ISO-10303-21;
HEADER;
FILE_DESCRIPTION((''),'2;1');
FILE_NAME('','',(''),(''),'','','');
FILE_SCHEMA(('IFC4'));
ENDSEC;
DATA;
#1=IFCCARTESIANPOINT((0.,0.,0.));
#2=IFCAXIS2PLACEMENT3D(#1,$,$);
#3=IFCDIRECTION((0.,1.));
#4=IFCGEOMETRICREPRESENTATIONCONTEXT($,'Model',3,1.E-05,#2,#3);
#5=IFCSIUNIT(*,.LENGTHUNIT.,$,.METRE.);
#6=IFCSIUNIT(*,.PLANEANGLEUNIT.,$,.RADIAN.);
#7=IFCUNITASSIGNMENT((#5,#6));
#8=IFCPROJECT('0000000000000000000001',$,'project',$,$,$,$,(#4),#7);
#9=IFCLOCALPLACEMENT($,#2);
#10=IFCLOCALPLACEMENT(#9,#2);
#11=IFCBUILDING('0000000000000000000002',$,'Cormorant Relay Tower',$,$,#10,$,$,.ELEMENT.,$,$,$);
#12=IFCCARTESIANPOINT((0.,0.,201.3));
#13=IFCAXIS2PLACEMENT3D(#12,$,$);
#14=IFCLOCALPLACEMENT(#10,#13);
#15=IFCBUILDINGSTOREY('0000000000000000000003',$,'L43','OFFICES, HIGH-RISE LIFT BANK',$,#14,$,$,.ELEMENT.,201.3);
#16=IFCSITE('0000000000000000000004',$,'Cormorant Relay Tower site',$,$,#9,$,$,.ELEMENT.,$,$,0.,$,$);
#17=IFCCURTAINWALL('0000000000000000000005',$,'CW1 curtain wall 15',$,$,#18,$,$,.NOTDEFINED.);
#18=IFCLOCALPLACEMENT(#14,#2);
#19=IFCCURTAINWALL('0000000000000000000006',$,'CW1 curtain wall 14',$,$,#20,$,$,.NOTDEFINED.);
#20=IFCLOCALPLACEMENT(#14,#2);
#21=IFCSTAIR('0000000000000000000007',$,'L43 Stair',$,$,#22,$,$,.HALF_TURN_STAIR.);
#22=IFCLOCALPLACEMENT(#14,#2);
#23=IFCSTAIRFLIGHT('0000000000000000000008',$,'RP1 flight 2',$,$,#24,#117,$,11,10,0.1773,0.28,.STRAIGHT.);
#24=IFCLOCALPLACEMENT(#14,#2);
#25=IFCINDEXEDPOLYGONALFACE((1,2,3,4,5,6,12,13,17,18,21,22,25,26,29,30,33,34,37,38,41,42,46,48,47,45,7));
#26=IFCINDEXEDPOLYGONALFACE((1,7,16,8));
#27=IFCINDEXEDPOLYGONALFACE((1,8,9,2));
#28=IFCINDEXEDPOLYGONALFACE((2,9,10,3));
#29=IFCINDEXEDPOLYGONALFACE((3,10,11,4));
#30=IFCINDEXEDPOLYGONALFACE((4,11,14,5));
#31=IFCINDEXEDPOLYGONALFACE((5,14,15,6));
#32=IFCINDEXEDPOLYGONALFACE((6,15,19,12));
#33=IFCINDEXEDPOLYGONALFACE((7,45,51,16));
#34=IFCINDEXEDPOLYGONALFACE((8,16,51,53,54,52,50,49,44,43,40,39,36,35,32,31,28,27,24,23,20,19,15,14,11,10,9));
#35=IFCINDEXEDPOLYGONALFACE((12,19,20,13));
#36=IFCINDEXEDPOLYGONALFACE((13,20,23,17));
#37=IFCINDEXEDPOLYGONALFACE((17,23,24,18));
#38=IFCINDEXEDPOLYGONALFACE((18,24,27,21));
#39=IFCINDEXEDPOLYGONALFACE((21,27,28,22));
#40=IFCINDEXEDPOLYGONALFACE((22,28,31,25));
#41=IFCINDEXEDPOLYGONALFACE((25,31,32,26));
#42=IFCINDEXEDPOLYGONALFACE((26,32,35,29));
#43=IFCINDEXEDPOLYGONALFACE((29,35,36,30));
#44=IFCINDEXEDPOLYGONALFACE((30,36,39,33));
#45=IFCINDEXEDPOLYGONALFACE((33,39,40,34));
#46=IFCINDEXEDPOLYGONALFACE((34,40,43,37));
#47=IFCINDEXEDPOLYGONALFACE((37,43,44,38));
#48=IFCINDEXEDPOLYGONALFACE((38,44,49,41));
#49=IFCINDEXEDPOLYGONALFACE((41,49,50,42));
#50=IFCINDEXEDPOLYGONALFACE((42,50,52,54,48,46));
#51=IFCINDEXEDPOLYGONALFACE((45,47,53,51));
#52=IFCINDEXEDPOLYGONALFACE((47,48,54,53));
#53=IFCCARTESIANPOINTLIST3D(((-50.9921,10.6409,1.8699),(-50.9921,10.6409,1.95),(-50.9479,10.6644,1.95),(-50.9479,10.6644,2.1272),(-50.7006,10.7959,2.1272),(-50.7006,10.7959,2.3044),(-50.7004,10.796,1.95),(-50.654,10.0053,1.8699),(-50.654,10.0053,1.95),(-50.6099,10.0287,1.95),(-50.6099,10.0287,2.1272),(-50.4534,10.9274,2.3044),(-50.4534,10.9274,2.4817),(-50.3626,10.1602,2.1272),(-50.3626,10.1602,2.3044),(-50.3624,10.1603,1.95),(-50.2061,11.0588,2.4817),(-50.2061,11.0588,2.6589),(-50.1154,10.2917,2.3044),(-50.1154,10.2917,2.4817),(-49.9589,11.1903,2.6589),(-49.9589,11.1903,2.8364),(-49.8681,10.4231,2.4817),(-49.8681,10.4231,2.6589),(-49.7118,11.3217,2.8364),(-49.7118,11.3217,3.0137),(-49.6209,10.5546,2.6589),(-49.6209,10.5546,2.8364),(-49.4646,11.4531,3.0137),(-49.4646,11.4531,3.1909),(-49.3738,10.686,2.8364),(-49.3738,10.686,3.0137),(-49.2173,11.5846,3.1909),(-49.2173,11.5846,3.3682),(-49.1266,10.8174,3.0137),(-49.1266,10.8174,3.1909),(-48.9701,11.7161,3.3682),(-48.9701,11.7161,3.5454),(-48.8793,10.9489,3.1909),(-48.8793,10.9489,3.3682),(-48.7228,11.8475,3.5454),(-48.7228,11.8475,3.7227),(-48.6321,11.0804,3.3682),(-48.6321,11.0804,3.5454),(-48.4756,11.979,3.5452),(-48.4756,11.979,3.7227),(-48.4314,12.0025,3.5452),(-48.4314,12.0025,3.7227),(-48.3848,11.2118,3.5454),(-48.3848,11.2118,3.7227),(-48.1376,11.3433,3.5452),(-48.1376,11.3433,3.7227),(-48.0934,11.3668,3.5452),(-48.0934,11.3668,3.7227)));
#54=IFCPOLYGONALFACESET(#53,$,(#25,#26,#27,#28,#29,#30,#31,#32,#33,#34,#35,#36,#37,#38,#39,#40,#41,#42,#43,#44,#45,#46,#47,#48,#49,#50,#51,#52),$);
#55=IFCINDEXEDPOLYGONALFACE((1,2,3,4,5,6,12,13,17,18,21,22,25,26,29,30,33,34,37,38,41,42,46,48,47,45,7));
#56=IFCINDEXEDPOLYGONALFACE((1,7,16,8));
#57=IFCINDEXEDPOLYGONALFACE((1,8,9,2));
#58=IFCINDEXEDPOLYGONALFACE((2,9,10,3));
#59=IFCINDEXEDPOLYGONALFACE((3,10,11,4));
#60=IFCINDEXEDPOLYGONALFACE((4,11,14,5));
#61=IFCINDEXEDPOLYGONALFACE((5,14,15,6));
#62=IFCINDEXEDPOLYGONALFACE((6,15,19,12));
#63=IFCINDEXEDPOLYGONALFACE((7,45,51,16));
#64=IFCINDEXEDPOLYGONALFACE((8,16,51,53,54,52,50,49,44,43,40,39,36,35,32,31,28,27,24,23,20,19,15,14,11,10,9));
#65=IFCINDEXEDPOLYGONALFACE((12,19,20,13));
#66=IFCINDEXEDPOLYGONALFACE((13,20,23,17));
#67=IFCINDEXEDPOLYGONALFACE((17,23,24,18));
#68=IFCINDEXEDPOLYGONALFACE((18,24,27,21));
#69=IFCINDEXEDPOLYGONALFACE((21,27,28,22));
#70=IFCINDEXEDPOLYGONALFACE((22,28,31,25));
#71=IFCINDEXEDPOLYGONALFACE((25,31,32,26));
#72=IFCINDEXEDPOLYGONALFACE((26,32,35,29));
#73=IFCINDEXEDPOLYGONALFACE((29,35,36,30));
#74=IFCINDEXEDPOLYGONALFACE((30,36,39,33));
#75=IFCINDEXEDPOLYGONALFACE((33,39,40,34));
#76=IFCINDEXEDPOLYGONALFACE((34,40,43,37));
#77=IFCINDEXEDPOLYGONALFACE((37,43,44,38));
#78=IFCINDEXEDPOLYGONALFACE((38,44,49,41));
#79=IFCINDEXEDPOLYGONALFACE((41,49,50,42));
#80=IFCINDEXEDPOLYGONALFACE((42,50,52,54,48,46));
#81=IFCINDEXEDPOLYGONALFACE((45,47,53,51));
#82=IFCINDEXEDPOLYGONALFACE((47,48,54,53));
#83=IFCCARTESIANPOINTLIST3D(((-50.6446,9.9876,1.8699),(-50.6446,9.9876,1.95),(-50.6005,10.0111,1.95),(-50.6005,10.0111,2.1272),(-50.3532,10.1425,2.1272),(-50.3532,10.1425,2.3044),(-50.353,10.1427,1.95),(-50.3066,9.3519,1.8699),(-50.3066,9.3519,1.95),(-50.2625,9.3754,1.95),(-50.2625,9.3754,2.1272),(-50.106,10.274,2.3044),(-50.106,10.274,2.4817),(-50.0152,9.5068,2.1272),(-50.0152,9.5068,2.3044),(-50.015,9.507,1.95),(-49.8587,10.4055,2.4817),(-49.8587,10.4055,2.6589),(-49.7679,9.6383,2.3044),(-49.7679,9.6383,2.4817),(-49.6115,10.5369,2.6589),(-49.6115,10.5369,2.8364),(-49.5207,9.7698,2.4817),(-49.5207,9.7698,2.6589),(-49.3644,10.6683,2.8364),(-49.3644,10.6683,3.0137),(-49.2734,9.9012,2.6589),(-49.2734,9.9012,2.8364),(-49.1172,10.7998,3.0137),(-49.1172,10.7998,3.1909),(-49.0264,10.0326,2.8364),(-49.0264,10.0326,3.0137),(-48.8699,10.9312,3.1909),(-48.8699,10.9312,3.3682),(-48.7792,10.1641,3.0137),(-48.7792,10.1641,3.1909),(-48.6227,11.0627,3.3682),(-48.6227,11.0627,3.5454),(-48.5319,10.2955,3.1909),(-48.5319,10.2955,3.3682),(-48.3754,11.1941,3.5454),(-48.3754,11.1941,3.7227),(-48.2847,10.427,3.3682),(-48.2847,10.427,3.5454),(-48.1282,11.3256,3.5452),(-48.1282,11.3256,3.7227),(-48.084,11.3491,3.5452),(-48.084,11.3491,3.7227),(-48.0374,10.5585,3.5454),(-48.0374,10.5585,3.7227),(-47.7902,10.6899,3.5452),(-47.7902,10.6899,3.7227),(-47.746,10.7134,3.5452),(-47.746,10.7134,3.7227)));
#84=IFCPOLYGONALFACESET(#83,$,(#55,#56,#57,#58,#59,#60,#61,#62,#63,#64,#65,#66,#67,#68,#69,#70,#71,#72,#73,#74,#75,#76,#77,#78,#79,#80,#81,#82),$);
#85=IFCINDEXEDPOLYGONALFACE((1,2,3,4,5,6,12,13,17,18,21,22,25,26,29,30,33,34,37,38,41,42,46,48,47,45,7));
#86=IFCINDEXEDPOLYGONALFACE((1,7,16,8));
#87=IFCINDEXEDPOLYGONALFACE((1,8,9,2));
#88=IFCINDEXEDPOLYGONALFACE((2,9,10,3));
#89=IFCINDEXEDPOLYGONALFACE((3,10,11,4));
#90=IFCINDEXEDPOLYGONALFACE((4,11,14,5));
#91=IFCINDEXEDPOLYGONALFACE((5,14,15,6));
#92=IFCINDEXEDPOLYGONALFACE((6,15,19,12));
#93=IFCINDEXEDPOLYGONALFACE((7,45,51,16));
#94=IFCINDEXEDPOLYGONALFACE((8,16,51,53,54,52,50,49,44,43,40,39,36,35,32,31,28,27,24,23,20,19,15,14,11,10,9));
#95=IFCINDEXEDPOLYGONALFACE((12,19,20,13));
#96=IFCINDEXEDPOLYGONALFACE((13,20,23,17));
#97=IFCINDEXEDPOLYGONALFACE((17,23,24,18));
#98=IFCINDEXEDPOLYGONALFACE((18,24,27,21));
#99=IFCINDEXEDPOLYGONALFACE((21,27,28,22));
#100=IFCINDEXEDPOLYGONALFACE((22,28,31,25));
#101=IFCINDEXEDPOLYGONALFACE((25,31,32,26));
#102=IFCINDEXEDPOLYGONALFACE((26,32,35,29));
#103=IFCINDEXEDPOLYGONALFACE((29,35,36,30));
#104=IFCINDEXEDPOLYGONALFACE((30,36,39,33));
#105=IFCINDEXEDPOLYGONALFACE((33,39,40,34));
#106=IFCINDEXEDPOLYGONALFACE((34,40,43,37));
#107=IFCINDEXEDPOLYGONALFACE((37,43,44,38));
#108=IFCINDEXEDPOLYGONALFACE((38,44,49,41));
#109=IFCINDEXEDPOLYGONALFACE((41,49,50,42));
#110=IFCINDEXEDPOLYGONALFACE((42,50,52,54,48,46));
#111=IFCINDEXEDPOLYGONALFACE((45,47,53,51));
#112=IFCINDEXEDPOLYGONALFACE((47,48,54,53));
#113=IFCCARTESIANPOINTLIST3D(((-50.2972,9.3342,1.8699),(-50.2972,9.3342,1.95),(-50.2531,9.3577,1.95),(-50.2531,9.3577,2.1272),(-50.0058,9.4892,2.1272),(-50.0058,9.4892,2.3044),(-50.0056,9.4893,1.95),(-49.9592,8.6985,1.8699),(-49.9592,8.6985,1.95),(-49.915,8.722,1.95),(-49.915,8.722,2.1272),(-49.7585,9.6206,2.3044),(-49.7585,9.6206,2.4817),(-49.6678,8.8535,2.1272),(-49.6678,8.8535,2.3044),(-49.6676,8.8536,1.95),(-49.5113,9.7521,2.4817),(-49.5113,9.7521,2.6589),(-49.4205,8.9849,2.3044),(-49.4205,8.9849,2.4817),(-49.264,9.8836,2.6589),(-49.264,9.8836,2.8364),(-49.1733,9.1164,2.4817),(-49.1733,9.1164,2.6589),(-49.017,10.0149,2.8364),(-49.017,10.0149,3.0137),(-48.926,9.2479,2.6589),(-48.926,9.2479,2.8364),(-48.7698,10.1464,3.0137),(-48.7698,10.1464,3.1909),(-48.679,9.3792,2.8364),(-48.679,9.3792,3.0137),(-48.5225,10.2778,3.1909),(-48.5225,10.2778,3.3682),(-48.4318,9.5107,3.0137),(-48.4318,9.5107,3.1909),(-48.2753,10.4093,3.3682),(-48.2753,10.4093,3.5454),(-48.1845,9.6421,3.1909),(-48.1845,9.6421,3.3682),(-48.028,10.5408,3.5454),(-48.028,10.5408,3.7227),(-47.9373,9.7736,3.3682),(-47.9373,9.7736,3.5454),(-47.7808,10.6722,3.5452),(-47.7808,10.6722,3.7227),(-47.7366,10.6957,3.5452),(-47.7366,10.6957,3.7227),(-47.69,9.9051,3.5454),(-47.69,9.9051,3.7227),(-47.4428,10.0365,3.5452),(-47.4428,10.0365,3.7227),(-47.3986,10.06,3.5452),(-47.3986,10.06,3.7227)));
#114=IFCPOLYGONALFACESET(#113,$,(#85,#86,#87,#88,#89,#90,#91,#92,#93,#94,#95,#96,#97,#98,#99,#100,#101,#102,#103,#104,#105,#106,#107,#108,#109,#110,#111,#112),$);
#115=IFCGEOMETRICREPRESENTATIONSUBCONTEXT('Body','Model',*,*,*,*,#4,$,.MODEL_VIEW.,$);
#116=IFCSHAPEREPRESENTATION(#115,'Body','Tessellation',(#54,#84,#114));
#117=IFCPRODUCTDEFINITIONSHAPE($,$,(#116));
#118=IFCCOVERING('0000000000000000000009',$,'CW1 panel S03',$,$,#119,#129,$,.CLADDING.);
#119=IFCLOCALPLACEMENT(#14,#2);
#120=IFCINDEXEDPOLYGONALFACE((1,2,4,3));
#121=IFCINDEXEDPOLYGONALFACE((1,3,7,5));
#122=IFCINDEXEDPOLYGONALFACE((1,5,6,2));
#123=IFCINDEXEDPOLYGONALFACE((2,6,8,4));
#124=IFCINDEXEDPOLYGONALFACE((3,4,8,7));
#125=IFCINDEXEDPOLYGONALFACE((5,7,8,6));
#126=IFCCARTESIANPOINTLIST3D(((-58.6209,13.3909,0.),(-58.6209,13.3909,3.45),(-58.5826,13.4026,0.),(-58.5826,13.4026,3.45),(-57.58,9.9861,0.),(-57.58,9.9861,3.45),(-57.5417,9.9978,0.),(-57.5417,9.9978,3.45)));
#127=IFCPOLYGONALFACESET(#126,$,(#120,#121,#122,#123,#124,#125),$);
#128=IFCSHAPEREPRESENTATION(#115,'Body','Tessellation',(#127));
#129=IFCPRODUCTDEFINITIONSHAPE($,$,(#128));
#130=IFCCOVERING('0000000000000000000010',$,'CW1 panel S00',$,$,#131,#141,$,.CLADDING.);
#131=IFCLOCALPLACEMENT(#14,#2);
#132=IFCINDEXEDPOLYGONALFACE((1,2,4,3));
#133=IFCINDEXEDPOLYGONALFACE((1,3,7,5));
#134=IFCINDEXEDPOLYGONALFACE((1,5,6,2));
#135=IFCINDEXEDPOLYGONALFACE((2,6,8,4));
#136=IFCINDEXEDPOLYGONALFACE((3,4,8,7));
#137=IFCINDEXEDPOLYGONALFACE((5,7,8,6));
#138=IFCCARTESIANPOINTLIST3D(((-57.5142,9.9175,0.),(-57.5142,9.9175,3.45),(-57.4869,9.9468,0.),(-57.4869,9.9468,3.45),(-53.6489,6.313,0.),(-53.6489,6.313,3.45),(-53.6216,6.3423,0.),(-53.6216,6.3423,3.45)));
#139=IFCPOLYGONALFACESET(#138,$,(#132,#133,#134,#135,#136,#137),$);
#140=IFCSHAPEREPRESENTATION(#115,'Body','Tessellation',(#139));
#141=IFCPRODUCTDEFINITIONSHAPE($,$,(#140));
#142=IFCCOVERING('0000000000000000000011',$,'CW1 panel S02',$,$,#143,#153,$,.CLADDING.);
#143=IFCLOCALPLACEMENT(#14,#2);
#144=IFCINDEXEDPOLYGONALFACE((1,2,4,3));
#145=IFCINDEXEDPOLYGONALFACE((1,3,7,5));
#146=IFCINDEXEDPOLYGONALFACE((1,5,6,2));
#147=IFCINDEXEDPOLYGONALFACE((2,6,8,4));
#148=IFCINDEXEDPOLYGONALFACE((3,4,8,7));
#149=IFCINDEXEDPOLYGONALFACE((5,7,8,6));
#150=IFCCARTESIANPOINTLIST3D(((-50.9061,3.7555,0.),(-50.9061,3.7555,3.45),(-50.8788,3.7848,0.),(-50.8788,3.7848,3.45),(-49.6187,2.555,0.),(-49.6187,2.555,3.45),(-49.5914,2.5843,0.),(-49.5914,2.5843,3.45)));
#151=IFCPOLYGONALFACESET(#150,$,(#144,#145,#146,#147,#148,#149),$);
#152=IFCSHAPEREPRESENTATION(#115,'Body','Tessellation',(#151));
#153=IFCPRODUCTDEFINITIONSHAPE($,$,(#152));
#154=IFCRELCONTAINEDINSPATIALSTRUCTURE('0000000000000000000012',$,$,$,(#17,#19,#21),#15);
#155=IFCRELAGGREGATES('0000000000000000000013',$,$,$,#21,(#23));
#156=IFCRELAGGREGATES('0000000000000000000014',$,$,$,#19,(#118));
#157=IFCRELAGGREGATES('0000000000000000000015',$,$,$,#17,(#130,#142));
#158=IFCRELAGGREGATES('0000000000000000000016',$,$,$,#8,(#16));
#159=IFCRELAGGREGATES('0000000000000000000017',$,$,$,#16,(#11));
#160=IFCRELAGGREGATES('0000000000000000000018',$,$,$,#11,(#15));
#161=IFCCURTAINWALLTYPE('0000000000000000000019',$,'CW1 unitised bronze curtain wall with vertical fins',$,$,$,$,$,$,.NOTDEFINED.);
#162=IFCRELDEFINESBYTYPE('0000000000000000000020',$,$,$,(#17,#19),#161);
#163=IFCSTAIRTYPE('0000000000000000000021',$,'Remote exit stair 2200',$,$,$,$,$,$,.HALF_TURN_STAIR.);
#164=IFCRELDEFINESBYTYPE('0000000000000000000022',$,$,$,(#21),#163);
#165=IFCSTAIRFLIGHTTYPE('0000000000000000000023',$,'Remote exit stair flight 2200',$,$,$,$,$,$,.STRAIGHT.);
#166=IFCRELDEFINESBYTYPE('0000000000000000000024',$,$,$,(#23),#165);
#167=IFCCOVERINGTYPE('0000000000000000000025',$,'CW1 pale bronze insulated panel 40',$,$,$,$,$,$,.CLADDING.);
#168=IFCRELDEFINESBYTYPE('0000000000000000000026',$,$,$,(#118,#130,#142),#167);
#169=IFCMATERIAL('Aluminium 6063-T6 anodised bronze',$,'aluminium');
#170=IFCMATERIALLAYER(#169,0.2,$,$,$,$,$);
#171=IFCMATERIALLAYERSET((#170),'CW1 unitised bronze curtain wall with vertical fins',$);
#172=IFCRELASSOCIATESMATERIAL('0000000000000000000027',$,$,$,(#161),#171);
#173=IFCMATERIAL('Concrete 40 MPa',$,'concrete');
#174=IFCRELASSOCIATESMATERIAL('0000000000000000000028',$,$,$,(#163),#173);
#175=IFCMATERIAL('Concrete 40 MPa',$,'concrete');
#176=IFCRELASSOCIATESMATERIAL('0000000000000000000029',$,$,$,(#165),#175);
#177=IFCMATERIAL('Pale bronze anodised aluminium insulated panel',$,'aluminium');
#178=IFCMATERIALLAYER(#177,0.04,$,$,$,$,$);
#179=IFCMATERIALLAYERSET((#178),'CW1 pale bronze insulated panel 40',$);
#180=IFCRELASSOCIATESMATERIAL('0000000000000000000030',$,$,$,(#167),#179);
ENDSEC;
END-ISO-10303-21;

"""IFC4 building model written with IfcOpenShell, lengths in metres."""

from ifc_helpers import new_model, si_unit, direction, frame, origin, origin_2d, place, context, subcontext, project, spatial, polyline, rectangle, outline, extrude, material, layer, layer_set, type_object, element, aggregate, save


model = new_model("IFC4")

# Units and contexts
model_context = context("Model", 3, precision=1e-05, world=origin(), true_north=direction((0.0, 1.0)))
body_context = subcontext(model_context, "Body", "Model", "MODEL_VIEW")
ifc_project = project(units=[si_unit("LENGTHUNIT", "METRE"), si_unit("PLANEANGLEUNIT", "RADIAN")], contexts=[model_context])

# Site, building, storey
site_placement = place(None, origin())
site = spatial("IfcSite", under=ifc_project, at=site_placement, Name="Cormorant Relay Tower site", CompositionType="ELEMENT", RefElevation=0.0)
building_placement = place(site_placement, origin())
building = spatial("IfcBuilding", under=site, at=building_placement, Name="Cormorant Relay Tower", CompositionType="ELEMENT")
storey_placement = place(building_placement, frame((0.0, 0.0, 201.3)))
storey = spatial("IfcBuildingStorey", under=building, at=storey_placement, Name="L43", Description="OFFICES, HIGH-RISE LIFT BANK", CompositionType="ELEMENT", Elevation=201.3)

# Curtain wall
ifc_material_1 = material(Name="Aluminium 6063-T6 anodised bronze", Category="aluminium")
ifc_layer_1 = layer(ifc_material_1, 0.2)
ifc_layer_set_1 = layer_set([ifc_layer_1], Name="CW1 unitised bronze curtain wall with vertical fins")
curtain_wall_type = type_object("IfcCurtainWallType", Name="CW1 unitised bronze curtain wall with vertical fins", PredefinedType="NOTDEFINED", material=ifc_layer_set_1)
curtain_wall_1_placement = place(storey_placement, origin())
curtain_wall_1 = element("IfcCurtainWall", 1, at=curtain_wall_1_placement, inside=storey, type_object=curtain_wall_type, Name="CW1 curtain wall 15", PredefinedType="NOTDEFINED")

# Curtain wall
curtain_wall_2_placement = place(storey_placement, origin())
curtain_wall_2 = element("IfcCurtainWall", 2, at=curtain_wall_2_placement, inside=storey, type_object=curtain_wall_type, Name="CW1 curtain wall 14", PredefinedType="NOTDEFINED")

# Stair, stair flight
ifc_material_2 = material(Name="Concrete 40 MPa", Category="concrete")
stair_type = type_object("IfcStairType", Name="Remote exit stair 2200", PredefinedType="HALF_TURN_STAIR", material=ifc_material_2)
stair_placement = place(storey_placement, origin())
stair = element("IfcStair", 3, at=stair_placement, inside=storey, type_object=stair_type, Name="L43 Stair", PredefinedType="HALF_TURN_STAIR")
ifc_material_3 = material(Name="Concrete 40 MPa", Category="concrete")
stair_flight_type = type_object("IfcStairFlightType", Name="Remote exit stair flight 2200", PredefinedType="STRAIGHT", material=ifc_material_3)
stair_flight_1_placement = place(storey_placement, frame((-50.4314, 9.6931, 1.95), z_axis=(0.0, 0.0, 1.0), x_axis=(0.882948, 0.469472, 0.0)))
stair_flight_1 = element("IfcStairFlight", 4, at=stair_flight_1_placement, type_object=stair_flight_type, Name="RP1 flight 2", NumberOfRisers=11, NumberOfTreads=10, PredefinedType="STRAIGHT", RiserHeight=0.1773, TreadLength=0.28, context=body_context, shape_type="SweptSolid", body=[
    extrude(outline(polyline([(-0.05, -0.0801), (-0.05, 0.0), (0.0, 0.0), (0.0, 0.1772), (0.28, 0.1772), (0.28, 0.3545), (0.5601, 0.3545), (0.5601, 0.5317), (0.8401, 0.5317), (0.8401, 0.709), (1.1201, 0.709), (1.1201, 0.8865), (1.3999, 0.8865), (1.3999, 1.0637), (1.6799, 1.0637), (1.6799, 1.241), (1.96, 1.241), (1.96, 1.4182), (2.24, 1.4182), (2.24, 1.5955), (2.52, 1.5955), (2.52, 1.7727), (2.8, 1.7727), (2.8501, 1.7727), (2.8501, 1.5952), (2.8, 1.5952), (0.2803, 0.0), (-0.05, -0.0801)])), frame((0.0, 1.1001, 0.0), z_axis=(0.0, -1.0, 0.0), x_axis=(1.0, 0.0, 0.0)), (0.0, 0.0, 1.0), 0.72),
    extrude(outline(polyline([(-0.05, -0.0801), (-0.05, 0.0), (0.0, 0.0), (0.0, 0.1772), (0.28, 0.1772), (0.28, 0.3545), (0.5601, 0.3545), (0.5601, 0.5317), (0.8401, 0.5317), (0.8401, 0.709), (1.1201, 0.709), (1.1201, 0.8865), (1.3999, 0.8865), (1.3999, 1.0637), (1.6799, 1.0637), (1.6799, 1.241), (1.96, 1.241), (1.96, 1.4182), (2.24, 1.4182), (2.24, 1.5955), (2.52, 1.5955), (2.52, 1.7727), (2.8, 1.7727), (2.8501, 1.7727), (2.8501, 1.5952), (2.8, 1.5952), (0.2803, 0.0), (-0.05, -0.0801)])), frame((0.0, 0.3601, 0.0), z_axis=(0.0, -1.0, 0.0), x_axis=(1.0, 0.0, 0.0)), (0.0, 0.0, 1.0), 0.72),
    extrude(outline(polyline([(-0.05, -0.0801), (-0.05, 0.0), (0.0, 0.0), (0.0, 0.1772), (0.28, 0.1772), (0.28, 0.3545), (0.5601, 0.3545), (0.5601, 0.5317), (0.8401, 0.5317), (0.8401, 0.709), (1.1201, 0.709), (1.1201, 0.8865), (1.3999, 0.8865), (1.3999, 1.0637), (1.6799, 1.0637), (1.6799, 1.241), (1.96, 1.241), (1.96, 1.4182), (2.24, 1.4182), (2.24, 1.5955), (2.52, 1.5955), (2.52, 1.7727), (2.8, 1.7727), (2.8501, 1.7727), (2.8501, 1.5952), (2.8, 1.5952), (0.2803, 0.0), (-0.05, -0.0801)])), frame((0.0, -0.3799, 0.0), z_axis=(0.0, -1.0, 0.0), x_axis=(1.0, 0.0, 0.0)), (0.0, 0.0, 1.0), 0.72),
])
aggregate(stair, [stair_flight_1])

# Coverings
ifc_material_4 = material(Name="Pale bronze anodised aluminium insulated panel", Category="aluminium")
ifc_layer_2 = layer(ifc_material_4, 0.04)
ifc_layer_set_2 = layer_set([ifc_layer_2], Name="CW1 pale bronze insulated panel 40")
covering_type = type_object("IfcCoveringType", Name="CW1 pale bronze insulated panel 40", PredefinedType="CLADDING", material=ifc_layer_set_2)
covering_1_placement = place(storey_placement, frame((-58.0813, 11.6943, 0.0), z_axis=(0.0, 0.0, 1.0), x_axis=(0.292372, -0.956305, 0.0)))
covering_1 = element("IfcCovering", 5, at=covering_1_placement, type_object=covering_type, Name="CW1 panel S03", PredefinedType="CLADDING", context=body_context, shape_type="SweptSolid", body=[
    extrude(rectangle(XDim=3.5603, YDim=0.04, at=origin_2d()), origin(), (0.0, 0.0, 1.0), 3.45),
])
aggregate(curtain_wall_2, [covering_1])
covering_2_placement = place(storey_placement, frame((-55.5679, 8.1299, 0.0), z_axis=(0.0, 0.0, 1.0), x_axis=(0.731354, -0.681998, 0.0)))
covering_2 = element("IfcCovering", 6, at=covering_2_placement, type_object=covering_type, Name="CW1 panel S00", PredefinedType="CLADDING", context=body_context, shape_type="SweptSolid", body=[
    extrude(rectangle(XDim=5.2852, YDim=0.04, at=origin_2d()), origin(), (0.0, 0.0, 1.0), 3.45),
])
covering_3_placement = place(storey_placement, frame((-50.2488, 3.1699, 0.0), z_axis=(0.0, 0.0, 1.0), x_axis=(0.731354, -0.681998, 0.0)))
covering_3 = element("IfcCovering", 7, at=covering_3_placement, type_object=covering_type, Name="CW1 panel S02", PredefinedType="CLADDING", context=body_context, shape_type="SweptSolid", body=[
    extrude(rectangle(XDim=1.7603, YDim=0.04, at=origin_2d()), origin(), (0.0, 0.0, 1.0), 3.45),
])
aggregate(curtain_wall_1, [covering_2, covering_3])

save(model, "model.ifc")
